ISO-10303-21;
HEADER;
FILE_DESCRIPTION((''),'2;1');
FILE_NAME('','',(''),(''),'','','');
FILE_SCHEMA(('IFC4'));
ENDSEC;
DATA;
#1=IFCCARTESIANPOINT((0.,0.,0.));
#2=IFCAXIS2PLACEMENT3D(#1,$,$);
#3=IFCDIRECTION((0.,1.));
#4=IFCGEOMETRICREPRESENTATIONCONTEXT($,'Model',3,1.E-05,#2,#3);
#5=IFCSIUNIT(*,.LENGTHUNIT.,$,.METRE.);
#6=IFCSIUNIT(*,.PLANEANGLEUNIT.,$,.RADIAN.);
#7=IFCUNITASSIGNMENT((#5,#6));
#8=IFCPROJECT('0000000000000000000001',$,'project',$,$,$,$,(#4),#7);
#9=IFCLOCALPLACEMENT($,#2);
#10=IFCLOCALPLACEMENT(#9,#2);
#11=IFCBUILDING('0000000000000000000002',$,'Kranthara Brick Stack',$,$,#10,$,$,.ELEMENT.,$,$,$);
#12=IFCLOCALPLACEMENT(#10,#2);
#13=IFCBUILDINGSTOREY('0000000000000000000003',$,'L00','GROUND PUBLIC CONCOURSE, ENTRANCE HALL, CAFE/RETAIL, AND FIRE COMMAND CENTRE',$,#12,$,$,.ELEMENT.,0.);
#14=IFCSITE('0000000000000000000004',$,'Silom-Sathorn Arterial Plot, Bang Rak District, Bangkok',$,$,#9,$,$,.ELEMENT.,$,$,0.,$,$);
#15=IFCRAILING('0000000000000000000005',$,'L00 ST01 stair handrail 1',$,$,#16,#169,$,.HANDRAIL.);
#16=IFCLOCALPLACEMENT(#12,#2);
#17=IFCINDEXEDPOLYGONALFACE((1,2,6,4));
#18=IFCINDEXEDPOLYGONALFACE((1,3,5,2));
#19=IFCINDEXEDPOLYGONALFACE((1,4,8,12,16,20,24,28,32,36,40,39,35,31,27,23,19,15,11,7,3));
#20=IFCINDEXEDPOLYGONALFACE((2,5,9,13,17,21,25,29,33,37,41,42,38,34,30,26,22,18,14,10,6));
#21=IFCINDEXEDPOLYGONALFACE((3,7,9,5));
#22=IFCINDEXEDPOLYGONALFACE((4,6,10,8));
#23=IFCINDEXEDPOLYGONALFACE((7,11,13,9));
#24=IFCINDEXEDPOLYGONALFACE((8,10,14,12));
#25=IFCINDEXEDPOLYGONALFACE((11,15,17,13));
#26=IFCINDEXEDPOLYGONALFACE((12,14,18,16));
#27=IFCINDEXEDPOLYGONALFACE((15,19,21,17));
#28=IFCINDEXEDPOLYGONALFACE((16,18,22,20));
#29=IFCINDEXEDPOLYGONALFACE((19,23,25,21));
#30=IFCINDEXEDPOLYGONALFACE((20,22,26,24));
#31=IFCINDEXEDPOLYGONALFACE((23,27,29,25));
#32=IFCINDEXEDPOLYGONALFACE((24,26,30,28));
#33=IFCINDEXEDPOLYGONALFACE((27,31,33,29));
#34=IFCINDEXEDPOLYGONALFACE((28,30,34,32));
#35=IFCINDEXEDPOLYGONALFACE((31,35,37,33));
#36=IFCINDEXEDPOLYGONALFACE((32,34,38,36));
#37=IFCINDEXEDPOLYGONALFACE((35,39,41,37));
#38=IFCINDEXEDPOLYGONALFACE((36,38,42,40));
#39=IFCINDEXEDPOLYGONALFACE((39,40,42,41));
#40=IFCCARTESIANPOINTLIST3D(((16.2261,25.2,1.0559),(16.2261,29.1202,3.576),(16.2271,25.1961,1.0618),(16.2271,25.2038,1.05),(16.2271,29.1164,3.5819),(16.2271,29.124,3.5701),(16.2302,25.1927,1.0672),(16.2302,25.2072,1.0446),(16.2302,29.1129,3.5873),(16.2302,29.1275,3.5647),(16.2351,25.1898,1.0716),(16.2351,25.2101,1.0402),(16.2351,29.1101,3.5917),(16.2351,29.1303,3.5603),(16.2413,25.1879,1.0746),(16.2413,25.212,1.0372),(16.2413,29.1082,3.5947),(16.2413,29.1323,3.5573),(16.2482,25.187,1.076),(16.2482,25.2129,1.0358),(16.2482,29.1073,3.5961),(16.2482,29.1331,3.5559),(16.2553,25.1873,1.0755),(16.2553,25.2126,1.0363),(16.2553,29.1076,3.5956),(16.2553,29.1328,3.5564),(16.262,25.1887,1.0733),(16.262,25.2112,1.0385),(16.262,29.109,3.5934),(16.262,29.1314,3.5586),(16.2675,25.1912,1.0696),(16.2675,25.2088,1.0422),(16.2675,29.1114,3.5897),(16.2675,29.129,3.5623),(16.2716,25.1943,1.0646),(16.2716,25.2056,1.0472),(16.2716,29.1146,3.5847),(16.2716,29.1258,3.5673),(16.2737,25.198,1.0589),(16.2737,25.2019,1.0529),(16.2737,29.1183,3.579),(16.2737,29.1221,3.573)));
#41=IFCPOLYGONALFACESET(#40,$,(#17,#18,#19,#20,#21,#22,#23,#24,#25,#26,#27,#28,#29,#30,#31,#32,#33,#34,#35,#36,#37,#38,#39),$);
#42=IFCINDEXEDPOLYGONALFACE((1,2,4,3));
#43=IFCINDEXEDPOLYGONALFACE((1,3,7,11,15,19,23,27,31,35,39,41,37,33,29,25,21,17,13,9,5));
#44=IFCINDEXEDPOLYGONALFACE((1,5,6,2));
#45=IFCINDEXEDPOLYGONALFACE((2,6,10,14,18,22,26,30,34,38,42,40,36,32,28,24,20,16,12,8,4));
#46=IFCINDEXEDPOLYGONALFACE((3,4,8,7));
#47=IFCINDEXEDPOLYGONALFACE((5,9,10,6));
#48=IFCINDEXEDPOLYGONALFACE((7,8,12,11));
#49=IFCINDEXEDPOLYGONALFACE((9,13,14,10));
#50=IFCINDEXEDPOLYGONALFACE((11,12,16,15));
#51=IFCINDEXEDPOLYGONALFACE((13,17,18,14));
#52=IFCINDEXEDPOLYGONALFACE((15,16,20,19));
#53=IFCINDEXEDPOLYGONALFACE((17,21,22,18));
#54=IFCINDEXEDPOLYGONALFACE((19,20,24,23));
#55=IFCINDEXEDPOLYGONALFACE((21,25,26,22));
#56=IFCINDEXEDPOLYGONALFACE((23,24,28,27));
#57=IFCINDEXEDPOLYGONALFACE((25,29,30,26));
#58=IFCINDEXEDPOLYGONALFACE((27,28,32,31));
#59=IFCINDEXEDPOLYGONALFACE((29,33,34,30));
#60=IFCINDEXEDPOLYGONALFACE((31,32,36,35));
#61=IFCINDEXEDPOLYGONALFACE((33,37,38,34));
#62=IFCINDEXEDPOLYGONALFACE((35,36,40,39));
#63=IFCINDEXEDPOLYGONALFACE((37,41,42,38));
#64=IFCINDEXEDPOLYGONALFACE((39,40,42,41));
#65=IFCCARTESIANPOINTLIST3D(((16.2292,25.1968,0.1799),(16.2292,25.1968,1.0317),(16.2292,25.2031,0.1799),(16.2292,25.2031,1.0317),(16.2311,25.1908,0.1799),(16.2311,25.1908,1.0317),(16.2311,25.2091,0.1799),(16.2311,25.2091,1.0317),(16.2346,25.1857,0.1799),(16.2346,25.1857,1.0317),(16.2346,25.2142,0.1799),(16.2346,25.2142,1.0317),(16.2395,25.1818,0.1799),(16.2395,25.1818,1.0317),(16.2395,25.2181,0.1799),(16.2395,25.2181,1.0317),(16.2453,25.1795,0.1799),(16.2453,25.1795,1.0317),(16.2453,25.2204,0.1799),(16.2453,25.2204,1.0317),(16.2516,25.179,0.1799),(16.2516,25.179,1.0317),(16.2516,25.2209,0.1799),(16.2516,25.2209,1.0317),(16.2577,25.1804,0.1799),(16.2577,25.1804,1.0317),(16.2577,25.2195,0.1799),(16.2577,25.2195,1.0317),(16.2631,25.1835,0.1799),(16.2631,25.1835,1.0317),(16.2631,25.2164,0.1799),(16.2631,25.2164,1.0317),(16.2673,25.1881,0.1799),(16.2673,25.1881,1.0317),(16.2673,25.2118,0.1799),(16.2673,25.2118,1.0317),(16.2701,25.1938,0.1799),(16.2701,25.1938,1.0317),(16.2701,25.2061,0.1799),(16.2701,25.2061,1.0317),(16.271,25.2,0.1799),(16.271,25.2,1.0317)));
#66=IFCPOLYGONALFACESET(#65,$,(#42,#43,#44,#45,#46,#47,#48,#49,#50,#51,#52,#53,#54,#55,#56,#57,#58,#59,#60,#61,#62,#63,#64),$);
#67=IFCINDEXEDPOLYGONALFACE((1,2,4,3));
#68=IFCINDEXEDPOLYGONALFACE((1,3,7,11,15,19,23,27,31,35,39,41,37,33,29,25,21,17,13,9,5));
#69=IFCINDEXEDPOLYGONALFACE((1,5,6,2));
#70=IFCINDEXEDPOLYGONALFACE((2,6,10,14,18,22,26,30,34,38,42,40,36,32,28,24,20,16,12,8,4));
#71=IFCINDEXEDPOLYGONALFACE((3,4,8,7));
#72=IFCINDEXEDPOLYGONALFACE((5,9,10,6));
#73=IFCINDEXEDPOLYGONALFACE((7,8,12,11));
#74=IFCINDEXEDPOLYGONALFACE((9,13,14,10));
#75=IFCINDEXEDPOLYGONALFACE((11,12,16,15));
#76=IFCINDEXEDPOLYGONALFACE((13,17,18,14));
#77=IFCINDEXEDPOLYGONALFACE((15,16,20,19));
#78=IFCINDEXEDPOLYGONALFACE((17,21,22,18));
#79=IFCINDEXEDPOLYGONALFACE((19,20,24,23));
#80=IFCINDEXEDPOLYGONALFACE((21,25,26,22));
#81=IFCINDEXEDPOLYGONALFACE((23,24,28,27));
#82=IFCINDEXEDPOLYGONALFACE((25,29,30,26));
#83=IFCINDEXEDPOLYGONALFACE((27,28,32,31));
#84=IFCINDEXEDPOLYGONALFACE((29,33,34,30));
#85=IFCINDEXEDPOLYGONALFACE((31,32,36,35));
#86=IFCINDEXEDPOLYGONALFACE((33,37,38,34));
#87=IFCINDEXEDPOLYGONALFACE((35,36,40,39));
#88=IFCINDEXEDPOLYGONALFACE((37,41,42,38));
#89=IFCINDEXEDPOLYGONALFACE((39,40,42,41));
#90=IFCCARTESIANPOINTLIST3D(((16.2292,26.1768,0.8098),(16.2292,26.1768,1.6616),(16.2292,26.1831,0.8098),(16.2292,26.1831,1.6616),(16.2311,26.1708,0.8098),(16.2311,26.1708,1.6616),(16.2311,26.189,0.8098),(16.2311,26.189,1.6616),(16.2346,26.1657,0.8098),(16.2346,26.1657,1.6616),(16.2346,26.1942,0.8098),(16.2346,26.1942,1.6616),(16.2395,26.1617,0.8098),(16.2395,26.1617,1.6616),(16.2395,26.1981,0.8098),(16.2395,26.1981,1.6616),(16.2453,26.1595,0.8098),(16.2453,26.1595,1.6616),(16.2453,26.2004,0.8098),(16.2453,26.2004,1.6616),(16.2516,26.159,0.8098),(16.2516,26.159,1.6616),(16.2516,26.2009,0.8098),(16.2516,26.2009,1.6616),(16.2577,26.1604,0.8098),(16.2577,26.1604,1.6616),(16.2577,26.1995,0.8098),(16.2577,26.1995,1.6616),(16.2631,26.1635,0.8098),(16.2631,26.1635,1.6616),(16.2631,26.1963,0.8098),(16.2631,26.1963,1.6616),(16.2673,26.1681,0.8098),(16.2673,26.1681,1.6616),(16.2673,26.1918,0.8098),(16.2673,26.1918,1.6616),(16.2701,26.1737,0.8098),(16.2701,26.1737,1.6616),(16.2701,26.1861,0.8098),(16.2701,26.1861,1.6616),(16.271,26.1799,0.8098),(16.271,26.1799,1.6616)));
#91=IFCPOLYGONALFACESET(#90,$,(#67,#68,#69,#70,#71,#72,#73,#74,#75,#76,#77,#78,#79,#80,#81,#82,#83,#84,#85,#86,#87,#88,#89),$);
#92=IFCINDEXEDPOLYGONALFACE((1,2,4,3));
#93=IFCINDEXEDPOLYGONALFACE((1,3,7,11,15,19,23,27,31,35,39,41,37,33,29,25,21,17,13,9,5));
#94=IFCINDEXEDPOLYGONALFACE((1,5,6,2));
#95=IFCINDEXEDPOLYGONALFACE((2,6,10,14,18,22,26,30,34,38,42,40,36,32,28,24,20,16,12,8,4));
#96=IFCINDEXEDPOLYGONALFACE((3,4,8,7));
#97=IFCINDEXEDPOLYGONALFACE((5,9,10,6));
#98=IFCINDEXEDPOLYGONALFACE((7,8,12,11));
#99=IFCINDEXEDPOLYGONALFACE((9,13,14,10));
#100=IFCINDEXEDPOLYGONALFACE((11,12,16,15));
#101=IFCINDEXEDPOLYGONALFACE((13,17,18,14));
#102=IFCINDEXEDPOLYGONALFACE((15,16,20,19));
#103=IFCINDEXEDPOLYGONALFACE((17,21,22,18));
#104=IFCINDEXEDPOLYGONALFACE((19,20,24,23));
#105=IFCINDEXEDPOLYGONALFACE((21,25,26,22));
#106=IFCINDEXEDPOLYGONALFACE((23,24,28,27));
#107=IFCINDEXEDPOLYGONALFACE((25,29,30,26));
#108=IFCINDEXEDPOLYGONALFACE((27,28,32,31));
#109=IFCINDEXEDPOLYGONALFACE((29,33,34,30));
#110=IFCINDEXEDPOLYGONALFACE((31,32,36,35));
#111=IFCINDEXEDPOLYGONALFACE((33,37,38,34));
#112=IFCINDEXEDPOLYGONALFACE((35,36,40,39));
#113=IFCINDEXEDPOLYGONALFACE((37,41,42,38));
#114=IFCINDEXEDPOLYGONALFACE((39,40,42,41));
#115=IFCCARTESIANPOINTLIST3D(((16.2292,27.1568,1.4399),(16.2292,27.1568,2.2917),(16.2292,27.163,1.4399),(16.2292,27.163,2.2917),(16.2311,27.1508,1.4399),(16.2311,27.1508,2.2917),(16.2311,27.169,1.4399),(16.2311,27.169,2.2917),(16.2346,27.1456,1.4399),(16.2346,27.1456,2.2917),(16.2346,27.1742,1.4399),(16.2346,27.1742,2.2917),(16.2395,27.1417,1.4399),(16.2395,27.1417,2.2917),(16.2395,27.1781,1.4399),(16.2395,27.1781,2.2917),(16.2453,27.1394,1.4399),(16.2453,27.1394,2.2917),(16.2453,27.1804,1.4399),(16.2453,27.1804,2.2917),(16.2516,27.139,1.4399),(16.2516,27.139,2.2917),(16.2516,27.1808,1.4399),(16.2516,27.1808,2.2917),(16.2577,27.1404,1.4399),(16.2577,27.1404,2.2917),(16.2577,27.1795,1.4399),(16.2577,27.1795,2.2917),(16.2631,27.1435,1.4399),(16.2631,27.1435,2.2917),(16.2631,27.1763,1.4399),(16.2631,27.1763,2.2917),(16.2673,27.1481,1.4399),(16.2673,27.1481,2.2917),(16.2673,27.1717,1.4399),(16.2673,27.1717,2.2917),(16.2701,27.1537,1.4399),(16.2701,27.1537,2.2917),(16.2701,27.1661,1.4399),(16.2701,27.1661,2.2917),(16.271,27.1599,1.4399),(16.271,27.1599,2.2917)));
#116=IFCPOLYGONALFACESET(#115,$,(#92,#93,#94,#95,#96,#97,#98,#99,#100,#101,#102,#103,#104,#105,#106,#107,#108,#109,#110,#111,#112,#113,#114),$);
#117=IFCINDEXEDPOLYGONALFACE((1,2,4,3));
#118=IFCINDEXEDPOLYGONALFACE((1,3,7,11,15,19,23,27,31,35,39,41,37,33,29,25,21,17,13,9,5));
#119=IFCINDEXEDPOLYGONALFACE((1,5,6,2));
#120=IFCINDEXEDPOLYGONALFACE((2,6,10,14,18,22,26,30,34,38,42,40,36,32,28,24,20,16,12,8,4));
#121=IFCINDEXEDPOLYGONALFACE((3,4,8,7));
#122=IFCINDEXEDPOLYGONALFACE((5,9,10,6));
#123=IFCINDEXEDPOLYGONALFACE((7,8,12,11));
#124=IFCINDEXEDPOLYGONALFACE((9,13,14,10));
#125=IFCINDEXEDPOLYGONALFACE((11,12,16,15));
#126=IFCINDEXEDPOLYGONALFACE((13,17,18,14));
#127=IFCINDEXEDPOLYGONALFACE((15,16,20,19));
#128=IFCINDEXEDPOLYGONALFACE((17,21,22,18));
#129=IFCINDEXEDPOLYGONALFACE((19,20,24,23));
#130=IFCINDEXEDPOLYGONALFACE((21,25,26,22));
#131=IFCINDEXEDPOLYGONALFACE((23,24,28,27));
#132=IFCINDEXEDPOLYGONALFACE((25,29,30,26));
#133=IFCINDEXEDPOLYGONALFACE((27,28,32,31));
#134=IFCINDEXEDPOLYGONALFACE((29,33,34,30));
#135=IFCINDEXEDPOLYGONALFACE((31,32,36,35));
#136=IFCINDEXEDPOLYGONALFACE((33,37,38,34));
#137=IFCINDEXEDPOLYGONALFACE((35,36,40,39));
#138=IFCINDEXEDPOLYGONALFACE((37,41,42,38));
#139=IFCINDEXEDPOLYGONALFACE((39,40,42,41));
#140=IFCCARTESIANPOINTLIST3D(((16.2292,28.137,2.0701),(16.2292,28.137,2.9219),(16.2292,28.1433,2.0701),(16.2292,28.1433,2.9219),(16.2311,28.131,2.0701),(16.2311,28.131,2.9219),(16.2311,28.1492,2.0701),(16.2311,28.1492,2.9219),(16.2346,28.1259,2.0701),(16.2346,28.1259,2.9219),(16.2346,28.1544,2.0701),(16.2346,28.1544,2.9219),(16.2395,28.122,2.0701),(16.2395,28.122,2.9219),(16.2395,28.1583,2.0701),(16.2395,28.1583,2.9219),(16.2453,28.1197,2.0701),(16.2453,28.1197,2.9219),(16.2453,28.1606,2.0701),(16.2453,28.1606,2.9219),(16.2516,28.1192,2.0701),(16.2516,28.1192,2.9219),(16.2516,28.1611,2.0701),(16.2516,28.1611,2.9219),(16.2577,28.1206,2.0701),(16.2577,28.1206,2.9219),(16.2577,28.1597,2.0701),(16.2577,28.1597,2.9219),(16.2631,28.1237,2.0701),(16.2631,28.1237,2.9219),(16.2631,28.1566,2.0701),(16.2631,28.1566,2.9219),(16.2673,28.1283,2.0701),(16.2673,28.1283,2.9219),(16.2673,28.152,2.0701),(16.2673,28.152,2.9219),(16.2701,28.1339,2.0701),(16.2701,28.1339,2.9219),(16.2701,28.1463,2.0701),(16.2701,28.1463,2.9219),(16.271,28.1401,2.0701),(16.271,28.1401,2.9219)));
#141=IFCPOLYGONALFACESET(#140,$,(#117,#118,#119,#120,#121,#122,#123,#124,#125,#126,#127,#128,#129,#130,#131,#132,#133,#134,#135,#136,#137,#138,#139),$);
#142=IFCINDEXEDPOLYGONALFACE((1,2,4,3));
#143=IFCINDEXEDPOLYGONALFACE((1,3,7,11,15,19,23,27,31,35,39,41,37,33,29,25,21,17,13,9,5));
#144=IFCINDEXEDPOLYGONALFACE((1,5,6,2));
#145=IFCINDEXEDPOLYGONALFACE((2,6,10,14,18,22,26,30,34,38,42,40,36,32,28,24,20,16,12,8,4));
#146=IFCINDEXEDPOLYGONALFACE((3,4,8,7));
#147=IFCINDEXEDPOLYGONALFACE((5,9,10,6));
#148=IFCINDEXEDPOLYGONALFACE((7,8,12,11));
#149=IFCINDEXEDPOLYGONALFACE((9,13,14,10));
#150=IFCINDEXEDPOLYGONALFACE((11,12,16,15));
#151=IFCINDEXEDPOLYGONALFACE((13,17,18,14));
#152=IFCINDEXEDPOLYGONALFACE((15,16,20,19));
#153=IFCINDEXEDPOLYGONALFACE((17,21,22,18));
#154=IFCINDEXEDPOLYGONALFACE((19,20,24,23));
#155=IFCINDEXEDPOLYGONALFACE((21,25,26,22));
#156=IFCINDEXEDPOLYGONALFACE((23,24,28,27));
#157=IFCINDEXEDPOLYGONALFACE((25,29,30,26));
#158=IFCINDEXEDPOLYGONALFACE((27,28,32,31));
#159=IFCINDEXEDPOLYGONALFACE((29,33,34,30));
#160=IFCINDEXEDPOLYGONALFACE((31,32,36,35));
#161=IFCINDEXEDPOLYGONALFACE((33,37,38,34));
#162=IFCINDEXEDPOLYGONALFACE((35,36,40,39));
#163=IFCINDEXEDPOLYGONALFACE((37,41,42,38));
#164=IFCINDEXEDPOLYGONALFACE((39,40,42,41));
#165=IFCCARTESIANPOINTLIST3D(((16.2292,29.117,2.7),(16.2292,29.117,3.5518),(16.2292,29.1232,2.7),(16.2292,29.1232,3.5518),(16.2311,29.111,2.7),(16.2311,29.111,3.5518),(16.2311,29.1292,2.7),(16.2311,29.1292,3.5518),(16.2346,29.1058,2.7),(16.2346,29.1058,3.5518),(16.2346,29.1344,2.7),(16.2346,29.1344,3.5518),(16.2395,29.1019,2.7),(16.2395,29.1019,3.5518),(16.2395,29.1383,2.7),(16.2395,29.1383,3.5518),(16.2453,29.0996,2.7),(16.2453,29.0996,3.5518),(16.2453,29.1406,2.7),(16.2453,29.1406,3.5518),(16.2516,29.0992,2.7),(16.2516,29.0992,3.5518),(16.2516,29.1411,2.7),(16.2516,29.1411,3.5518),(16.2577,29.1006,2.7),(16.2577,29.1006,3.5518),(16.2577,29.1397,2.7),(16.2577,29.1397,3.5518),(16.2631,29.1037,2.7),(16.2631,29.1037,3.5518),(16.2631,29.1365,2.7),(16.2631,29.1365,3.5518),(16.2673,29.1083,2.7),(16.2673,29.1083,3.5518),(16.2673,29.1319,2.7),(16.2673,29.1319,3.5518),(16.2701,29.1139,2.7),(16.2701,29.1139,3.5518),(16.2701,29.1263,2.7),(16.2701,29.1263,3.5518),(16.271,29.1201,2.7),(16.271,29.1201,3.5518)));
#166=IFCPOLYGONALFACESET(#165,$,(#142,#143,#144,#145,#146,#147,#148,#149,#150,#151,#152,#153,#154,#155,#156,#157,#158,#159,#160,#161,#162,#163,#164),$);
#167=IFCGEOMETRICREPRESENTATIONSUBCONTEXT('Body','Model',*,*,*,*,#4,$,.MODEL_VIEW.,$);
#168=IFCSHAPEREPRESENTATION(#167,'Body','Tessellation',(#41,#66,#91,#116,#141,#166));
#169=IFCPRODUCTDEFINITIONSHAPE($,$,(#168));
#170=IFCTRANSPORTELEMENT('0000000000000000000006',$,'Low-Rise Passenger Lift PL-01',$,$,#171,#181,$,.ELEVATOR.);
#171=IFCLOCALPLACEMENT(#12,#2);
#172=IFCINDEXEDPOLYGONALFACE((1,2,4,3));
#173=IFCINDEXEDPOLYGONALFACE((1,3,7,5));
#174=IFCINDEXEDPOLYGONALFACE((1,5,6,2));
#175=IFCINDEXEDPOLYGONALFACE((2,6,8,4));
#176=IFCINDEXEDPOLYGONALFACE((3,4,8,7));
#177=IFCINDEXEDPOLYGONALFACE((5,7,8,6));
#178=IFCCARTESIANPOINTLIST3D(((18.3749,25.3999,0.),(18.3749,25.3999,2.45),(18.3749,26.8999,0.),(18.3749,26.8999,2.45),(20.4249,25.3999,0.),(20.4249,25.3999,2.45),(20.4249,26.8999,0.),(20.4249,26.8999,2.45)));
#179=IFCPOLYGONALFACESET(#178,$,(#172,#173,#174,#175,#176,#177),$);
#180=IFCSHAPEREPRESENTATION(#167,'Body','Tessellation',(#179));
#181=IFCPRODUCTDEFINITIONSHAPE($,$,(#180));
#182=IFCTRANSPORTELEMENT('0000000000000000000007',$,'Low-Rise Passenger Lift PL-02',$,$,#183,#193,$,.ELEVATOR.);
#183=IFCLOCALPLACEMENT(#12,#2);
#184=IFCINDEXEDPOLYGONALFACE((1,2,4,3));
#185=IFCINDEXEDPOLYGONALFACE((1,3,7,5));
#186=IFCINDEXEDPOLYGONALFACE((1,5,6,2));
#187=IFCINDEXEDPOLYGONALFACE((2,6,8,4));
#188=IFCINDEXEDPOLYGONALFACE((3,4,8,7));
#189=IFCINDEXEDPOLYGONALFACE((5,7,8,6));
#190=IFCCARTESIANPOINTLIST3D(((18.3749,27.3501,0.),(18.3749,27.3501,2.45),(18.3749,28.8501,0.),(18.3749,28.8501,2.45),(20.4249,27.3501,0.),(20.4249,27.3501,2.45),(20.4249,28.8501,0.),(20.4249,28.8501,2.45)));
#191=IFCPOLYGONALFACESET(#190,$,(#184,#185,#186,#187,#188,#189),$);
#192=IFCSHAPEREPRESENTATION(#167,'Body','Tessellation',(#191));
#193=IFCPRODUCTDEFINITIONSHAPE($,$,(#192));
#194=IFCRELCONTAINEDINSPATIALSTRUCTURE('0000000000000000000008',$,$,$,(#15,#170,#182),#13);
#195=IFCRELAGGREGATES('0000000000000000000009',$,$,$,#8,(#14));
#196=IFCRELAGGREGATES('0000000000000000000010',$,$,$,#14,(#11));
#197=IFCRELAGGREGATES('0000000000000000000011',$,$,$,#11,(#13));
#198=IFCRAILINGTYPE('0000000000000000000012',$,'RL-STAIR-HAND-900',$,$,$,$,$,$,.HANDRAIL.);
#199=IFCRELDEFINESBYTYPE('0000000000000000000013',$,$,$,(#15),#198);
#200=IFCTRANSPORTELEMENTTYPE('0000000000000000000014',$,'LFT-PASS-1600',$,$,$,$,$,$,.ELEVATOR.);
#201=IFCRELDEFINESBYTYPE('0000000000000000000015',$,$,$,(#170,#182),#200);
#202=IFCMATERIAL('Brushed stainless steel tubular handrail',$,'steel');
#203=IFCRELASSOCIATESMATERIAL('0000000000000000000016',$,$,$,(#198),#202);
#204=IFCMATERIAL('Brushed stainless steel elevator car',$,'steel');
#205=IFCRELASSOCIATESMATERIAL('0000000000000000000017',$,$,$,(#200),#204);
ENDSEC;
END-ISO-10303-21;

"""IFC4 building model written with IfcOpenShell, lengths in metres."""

from ifc_helpers import new_model, si_unit, direction, frame, origin, origin_2d, place, context, subcontext, project, spatial, rectangle, circle, extrude, material, type_object, element, save


model = new_model("IFC4")

# Units and contexts
model_context = context("Model", 3, precision=1e-05, world=origin(), true_north=direction((0.0, 1.0)))
body_context = subcontext(model_context, "Body", "Model", "MODEL_VIEW")
ifc_project = project(units=[si_unit("LENGTHUNIT", "METRE"), si_unit("PLANEANGLEUNIT", "RADIAN")], contexts=[model_context])

# Site, building, storey
site_placement = place(None, origin())
site = spatial("IfcSite", under=ifc_project, at=site_placement, Name="Silom-Sathorn Arterial Plot, Bang Rak District, Bangkok", CompositionType="ELEMENT", RefElevation=0.0)
building_placement = place(site_placement, origin())
building = spatial("IfcBuilding", under=site, at=building_placement, Name="Kranthara Brick Stack", CompositionType="ELEMENT")
storey_placement = place(building_placement, origin())
storey = spatial("IfcBuildingStorey", under=building, at=storey_placement, Name="L00", Description="GROUND PUBLIC CONCOURSE, ENTRANCE HALL, CAFE/RETAIL, AND FIRE COMMAND CENTRE", CompositionType="ELEMENT", Elevation=0.0)

# Railing
ifc_material_1 = material(Name="Brushed stainless steel tubular handrail", Category="steel")
railing_type = type_object("IfcRailingType", Name="RL-STAIR-HAND-900", PredefinedType="HANDRAIL", material=ifc_material_1)
railing_placement = place(storey_placement, frame((16.25, 25.2, 0.1799)))
element("IfcRailing", 1, at=railing_placement, inside=storey, type_object=railing_type, Name="L00 ST01 stair handrail 1", PredefinedType="HANDRAIL", context=body_context, shape_type="SweptSolid", body=[
    extrude(circle(Radius=0.0239, at=origin_2d()), frame((0.0, 0.0, 0.876), z_axis=(0.0, 0.841187, 0.540744), x_axis=(-1.0, 0.0, 0.0)), (0.0, 0.0, 1.0), 4.6604),
    extrude(circle(Radius=0.021, at=origin_2d()), origin(), (0.0, 0.0, 1.0), 0.8518),
    extrude(circle(Radius=0.021, at=origin_2d()), frame((0.0, 0.98, 0.6299)), (0.0, 0.0, 1.0), 0.8518),
    extrude(circle(Radius=0.021, at=origin_2d()), frame((0.0, 1.96, 1.26)), (0.0, 0.0, 1.0), 0.8518),
    extrude(circle(Radius=0.021, at=origin_2d()), frame((0.0, 2.9402, 1.8901)), (0.0, 0.0, 1.0), 0.8518),
    extrude(circle(Radius=0.021, at=origin_2d()), frame((0.0, 3.9202, 2.52)), (0.0, 0.0, 1.0), 0.8518),
])

# Transport elements
ifc_material_2 = material(Name="Brushed stainless steel elevator car", Category="steel")
transport_element_type = type_object("IfcTransportElementType", Name="LFT-PASS-1600", PredefinedType="ELEVATOR", material=ifc_material_2)
for number, where, z_axis, x_axis, name in (
    (2, (19.3999, 26.1499, 0.0), (0.0, 0.0, 1.0), (1.0, 0.0, 0.0), "Low-Rise Passenger Lift PL-01"),
    (3, (19.3999, 28.1001, 0.0), (0.0, 0.0, 1.0), (1.0, 0.0, 0.0), "Low-Rise Passenger Lift PL-02"),
):
    element("IfcTransportElement", number, at=place(storey_placement, frame(where, z_axis=z_axis, x_axis=x_axis)), inside=storey, type_object=transport_element_type, Name=name, PredefinedType="ELEVATOR", context=body_context, shape_type="SweptSolid", body=[
        extrude(rectangle(XDim=2.05, YDim=1.5, at=origin_2d()), origin(), (0.0, 0.0, 1.0), 2.45),
    ])

save(model, "model.ifc")
